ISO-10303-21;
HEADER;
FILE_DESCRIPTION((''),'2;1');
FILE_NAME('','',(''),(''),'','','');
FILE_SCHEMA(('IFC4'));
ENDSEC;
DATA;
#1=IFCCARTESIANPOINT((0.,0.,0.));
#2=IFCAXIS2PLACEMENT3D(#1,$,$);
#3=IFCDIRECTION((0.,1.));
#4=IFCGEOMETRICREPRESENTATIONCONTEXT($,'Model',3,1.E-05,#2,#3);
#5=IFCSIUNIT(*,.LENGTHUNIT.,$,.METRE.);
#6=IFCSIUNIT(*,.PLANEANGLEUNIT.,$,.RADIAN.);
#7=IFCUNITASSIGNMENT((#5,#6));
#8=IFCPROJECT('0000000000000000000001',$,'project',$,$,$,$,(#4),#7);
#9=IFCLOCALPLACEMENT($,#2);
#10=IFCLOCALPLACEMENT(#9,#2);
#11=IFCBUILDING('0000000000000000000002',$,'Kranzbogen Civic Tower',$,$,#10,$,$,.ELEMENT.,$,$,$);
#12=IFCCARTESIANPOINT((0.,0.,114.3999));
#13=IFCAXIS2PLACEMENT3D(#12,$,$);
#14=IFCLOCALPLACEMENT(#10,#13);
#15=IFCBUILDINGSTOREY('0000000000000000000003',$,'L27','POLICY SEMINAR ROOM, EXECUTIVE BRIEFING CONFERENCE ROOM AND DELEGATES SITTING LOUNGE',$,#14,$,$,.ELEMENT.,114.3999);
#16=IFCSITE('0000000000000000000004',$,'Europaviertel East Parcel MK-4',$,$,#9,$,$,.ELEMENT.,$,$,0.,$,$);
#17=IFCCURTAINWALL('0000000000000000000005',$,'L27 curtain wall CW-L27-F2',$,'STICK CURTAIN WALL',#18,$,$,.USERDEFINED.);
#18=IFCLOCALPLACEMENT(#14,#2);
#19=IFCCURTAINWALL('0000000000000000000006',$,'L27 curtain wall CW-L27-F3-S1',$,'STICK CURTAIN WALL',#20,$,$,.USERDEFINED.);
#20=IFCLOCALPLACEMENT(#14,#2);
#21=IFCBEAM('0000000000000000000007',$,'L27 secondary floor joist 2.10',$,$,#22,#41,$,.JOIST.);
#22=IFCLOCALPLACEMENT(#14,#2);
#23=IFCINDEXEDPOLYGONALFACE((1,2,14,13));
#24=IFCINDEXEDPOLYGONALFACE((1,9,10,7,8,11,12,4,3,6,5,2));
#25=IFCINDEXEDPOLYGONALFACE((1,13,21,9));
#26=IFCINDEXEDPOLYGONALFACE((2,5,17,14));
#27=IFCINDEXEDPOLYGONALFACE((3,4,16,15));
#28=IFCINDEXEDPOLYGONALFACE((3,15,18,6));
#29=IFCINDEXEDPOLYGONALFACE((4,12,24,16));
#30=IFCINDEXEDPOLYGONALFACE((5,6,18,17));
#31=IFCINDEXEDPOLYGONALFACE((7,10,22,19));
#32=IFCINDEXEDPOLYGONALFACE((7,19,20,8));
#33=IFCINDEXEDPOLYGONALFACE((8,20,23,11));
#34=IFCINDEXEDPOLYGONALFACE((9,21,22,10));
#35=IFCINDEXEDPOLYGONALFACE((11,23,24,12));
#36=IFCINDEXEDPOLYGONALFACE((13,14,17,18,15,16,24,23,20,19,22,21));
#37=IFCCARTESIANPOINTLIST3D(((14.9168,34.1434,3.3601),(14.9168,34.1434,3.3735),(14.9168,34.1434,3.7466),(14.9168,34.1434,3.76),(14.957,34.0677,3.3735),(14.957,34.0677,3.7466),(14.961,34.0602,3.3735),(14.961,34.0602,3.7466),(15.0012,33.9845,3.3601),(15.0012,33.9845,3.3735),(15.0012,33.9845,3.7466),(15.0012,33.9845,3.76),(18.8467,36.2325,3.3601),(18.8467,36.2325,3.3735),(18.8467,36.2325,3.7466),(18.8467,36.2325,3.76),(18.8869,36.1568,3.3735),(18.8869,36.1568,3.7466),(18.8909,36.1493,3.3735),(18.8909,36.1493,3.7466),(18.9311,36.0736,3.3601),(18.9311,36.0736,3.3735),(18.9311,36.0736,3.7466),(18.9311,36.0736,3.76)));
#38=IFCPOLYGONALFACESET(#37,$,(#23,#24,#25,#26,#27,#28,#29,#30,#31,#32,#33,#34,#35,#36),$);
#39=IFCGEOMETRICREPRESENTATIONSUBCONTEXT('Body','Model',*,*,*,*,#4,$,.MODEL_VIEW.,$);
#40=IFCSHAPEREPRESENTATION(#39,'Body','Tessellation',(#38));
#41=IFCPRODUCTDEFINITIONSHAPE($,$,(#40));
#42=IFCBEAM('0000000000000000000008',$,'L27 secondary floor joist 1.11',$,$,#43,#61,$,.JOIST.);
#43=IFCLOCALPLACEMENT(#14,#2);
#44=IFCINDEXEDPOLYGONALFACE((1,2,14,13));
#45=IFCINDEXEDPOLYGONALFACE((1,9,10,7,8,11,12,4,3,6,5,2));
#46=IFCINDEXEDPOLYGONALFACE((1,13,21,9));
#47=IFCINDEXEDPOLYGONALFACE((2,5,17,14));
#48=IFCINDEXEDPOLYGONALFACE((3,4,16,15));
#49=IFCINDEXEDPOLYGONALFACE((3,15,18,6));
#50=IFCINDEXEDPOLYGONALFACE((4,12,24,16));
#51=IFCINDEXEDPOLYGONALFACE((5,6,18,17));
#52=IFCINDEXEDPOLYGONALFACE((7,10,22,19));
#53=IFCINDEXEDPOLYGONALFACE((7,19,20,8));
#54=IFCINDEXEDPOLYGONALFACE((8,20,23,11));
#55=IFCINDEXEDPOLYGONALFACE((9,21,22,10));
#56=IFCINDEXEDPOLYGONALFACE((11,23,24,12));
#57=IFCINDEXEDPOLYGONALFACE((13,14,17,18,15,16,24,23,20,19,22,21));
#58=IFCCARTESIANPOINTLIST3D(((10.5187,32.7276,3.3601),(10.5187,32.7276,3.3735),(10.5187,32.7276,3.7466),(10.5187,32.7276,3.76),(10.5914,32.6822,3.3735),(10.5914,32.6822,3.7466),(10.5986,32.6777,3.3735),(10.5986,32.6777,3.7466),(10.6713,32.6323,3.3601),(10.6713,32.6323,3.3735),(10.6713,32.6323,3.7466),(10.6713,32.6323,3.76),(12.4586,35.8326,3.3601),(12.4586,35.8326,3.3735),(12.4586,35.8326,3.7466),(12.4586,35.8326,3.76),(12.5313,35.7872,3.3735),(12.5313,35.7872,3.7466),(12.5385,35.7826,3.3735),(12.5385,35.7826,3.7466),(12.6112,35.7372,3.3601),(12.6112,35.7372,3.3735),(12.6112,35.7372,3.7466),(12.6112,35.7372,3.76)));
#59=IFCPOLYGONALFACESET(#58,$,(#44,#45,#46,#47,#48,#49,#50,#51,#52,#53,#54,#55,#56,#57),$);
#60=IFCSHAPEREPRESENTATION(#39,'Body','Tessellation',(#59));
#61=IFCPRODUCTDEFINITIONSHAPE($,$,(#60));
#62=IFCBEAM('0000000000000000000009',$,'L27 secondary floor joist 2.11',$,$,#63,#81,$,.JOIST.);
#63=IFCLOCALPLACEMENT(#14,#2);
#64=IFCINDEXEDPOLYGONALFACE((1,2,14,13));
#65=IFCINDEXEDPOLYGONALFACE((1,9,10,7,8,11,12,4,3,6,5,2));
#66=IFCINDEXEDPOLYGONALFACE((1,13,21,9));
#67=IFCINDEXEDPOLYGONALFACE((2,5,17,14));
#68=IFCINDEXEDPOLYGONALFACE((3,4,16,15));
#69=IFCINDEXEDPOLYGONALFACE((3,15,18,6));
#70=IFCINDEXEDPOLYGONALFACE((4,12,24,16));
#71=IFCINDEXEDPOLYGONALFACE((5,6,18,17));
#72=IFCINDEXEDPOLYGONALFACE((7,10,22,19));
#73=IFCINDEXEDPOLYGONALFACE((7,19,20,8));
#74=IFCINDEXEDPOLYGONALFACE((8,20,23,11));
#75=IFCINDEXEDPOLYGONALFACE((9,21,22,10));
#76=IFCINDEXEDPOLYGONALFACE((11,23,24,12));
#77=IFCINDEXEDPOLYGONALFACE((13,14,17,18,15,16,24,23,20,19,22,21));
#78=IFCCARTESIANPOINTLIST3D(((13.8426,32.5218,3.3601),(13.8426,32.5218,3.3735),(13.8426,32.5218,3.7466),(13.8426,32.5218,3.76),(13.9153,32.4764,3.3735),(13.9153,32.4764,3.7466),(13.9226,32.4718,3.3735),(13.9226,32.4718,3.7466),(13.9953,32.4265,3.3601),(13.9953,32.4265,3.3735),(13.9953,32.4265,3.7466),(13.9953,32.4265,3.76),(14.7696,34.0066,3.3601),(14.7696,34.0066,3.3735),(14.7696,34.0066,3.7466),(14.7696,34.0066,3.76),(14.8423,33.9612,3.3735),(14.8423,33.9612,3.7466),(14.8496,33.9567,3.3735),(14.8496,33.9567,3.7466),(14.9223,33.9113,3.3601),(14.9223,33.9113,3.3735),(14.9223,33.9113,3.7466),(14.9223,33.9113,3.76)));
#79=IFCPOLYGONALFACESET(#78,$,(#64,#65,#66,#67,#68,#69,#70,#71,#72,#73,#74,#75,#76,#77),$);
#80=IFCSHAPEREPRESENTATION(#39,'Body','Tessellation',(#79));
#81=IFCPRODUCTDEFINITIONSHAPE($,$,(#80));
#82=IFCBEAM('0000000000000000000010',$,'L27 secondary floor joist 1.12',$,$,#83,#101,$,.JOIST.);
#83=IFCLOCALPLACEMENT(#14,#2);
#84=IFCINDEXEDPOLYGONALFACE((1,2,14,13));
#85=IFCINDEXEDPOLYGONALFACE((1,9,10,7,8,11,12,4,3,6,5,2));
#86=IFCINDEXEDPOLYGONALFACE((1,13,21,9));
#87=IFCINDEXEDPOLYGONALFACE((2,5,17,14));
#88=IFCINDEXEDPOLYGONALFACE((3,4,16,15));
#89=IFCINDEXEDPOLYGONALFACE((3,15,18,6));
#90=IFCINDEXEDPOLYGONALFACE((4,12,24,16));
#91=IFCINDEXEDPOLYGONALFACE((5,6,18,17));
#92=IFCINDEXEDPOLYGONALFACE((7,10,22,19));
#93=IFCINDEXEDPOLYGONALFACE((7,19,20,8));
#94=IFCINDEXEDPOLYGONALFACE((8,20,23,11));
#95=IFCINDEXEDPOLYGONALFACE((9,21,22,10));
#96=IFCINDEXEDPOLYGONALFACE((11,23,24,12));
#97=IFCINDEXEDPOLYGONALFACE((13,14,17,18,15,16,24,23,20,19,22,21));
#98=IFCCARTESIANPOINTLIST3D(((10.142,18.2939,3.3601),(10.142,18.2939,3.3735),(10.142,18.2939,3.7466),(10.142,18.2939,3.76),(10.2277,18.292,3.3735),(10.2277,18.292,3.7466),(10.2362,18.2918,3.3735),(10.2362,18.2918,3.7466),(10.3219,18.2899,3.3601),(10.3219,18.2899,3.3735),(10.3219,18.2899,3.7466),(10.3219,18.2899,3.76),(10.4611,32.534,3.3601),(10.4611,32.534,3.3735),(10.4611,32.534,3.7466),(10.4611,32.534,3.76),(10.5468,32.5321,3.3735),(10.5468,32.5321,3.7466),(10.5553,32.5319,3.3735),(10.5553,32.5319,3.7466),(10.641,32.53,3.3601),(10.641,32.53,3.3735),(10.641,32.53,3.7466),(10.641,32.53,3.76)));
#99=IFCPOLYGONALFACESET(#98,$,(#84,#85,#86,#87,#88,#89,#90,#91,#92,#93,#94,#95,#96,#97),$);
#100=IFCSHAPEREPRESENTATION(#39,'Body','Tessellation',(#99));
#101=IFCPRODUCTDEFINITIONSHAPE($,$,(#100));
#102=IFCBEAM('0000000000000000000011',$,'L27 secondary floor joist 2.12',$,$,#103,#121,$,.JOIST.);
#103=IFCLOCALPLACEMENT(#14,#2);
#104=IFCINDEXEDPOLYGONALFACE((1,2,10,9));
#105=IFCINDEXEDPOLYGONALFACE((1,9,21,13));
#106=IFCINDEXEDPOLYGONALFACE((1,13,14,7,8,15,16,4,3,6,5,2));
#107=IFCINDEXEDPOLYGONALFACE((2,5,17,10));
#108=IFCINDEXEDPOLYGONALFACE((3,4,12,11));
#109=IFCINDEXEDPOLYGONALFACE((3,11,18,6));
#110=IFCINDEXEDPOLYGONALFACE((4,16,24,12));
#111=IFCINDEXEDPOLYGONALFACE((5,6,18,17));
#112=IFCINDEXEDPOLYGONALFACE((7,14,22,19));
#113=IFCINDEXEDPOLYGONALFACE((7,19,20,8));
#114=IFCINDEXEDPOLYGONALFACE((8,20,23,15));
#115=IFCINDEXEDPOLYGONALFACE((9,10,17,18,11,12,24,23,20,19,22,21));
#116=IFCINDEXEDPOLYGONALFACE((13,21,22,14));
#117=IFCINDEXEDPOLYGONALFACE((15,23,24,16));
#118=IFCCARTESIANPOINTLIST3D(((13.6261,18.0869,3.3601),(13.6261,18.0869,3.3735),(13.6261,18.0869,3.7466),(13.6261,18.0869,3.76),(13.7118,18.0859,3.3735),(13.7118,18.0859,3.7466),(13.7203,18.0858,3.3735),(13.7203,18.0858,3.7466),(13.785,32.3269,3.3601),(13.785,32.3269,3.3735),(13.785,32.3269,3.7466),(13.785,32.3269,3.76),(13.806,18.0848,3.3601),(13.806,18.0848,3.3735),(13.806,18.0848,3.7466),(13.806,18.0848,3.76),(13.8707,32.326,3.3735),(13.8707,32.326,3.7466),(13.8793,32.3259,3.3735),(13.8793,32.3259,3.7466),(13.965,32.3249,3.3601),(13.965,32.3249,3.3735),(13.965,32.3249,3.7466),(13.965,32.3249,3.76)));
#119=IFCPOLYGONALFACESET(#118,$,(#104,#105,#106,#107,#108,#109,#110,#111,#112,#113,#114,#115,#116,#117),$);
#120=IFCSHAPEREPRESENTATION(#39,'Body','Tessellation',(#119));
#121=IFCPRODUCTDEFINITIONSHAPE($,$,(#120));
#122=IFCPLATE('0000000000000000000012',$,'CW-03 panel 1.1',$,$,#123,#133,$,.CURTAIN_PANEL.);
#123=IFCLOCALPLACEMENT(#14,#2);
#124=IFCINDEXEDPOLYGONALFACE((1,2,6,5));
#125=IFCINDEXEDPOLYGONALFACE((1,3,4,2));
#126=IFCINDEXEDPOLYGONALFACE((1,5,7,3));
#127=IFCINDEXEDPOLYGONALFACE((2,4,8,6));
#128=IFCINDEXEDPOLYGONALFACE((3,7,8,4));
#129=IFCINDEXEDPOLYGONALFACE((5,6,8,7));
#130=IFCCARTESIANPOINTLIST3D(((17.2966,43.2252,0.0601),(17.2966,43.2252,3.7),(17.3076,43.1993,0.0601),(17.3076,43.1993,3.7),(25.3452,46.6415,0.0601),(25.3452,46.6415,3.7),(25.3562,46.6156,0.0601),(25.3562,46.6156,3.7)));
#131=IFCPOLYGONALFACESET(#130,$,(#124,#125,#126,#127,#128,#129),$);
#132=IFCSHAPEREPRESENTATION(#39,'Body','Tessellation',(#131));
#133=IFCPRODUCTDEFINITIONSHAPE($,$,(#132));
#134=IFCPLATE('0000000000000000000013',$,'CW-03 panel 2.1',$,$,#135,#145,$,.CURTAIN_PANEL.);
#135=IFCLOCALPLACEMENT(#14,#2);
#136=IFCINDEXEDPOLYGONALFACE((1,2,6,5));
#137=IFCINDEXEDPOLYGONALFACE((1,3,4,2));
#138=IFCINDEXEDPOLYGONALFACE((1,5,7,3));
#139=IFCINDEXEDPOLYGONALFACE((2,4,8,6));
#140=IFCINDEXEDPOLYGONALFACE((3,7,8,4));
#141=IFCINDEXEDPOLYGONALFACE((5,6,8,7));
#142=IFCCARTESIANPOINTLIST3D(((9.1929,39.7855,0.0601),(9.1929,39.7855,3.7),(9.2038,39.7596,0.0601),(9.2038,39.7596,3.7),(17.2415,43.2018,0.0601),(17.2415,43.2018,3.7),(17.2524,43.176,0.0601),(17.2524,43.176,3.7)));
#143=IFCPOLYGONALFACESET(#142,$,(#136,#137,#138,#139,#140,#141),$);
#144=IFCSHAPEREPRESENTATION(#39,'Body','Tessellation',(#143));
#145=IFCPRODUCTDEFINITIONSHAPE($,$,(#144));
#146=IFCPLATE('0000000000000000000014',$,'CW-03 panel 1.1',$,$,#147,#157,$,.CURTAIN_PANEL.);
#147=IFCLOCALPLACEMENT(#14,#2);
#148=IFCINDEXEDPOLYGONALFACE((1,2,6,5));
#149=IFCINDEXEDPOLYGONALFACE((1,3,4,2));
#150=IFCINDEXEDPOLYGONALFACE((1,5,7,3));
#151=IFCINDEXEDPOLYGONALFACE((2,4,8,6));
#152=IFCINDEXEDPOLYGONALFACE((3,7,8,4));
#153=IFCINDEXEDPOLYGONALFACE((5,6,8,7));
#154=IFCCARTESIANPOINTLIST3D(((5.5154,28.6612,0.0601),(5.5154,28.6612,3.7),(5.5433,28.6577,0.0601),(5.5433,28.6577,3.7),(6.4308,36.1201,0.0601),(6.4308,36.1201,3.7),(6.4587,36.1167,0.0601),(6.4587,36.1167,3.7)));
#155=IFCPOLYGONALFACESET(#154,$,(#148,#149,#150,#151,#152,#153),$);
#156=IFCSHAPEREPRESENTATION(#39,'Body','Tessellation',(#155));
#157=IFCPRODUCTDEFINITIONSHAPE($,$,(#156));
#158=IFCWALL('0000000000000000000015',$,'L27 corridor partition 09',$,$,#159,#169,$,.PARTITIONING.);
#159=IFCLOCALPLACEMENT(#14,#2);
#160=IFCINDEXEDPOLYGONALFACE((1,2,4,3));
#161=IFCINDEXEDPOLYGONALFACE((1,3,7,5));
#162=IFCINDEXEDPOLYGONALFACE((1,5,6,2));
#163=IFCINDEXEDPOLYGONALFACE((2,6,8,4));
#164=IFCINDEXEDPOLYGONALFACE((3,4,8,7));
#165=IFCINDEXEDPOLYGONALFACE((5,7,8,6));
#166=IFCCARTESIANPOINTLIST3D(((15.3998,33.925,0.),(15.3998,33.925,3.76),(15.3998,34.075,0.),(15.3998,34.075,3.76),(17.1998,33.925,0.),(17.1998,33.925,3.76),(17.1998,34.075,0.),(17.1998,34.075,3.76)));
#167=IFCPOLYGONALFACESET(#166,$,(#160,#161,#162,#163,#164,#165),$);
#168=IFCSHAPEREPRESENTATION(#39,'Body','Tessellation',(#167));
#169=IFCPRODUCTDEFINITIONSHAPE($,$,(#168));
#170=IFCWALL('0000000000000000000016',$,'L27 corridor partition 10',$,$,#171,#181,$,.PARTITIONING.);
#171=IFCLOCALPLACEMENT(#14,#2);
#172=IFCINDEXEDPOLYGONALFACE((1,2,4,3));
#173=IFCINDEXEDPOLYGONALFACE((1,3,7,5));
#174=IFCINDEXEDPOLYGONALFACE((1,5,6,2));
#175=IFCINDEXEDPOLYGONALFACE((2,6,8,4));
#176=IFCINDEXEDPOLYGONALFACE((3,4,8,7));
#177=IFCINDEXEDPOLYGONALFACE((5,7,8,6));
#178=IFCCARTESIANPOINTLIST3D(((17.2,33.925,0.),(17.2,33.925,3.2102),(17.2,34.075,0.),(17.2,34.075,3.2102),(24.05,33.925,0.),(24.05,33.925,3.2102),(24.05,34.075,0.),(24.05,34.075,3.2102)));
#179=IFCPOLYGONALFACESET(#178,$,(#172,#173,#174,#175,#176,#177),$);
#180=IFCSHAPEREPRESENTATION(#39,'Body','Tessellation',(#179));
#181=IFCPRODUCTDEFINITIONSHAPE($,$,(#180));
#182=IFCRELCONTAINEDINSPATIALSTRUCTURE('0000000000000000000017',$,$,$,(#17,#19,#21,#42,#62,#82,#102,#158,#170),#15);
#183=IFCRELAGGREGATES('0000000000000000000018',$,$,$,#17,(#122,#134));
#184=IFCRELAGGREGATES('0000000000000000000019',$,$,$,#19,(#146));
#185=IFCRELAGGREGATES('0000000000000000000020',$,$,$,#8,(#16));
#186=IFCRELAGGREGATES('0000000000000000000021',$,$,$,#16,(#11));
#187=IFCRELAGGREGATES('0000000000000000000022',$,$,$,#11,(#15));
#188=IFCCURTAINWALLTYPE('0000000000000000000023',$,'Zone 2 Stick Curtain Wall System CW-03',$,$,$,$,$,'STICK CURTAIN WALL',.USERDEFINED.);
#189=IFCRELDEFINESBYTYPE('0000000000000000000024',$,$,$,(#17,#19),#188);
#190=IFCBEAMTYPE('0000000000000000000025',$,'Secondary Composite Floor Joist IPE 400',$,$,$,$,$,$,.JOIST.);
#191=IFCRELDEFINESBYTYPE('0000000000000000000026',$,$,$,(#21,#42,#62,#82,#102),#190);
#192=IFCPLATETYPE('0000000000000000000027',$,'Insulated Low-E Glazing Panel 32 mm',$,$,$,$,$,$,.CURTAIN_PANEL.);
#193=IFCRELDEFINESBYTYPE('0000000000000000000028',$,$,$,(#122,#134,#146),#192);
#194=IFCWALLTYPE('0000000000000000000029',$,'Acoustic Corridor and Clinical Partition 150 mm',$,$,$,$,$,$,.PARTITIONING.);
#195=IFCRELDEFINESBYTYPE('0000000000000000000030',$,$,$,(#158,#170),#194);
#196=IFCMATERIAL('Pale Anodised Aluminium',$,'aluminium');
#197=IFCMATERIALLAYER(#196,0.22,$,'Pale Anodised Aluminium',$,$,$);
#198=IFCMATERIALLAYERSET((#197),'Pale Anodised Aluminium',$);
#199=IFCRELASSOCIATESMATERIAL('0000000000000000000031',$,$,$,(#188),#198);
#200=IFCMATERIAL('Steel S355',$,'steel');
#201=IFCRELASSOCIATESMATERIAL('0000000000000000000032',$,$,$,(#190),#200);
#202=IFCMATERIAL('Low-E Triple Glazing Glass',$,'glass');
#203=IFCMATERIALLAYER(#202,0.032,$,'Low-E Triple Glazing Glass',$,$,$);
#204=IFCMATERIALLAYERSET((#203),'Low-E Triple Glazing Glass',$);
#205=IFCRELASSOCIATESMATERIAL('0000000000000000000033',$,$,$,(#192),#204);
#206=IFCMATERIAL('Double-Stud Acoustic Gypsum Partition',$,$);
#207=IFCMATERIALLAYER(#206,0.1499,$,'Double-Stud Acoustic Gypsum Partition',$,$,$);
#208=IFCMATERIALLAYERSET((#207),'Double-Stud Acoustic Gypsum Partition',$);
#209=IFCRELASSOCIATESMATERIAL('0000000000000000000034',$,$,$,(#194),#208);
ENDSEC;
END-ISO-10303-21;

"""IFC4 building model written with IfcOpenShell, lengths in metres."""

from ifc_helpers import new_model, si_unit, direction, frame, frame_2d, origin, origin_2d, place, context, subcontext, project, spatial, rectangle, i_section, extrude, material, layer, layer_set, material_profile, profile_set, type_object, element, aggregate, save


model = new_model("IFC4")

# Units and contexts
model_context = context("Model", 3, precision=1e-05, world=origin(), true_north=direction((0.0, 1.0)))
body_context = subcontext(model_context, "Body", "Model", "MODEL_VIEW")
ifc_project = project(units=[si_unit("LENGTHUNIT", "METRE"), si_unit("PLANEANGLEUNIT", "RADIAN")], contexts=[model_context])

# Site, building, storey
site_placement = place(None, origin())
site = spatial("IfcSite", under=ifc_project, at=site_placement, Name="Europaviertel East Parcel MK-4", CompositionType="ELEMENT", RefElevation=0.0)
building_placement = place(site_placement, origin())
building = spatial("IfcBuilding", under=site, at=building_placement, Name="Kranzbogen Civic Tower", CompositionType="ELEMENT")
storey_placement = place(building_placement, frame((0.0, 0.0, 114.3999)))
storey = spatial("IfcBuildingStorey", under=building, at=storey_placement, Name="L27", Description="POLICY SEMINAR ROOM, EXECUTIVE BRIEFING CONFERENCE ROOM AND DELEGATES SITTING LOUNGE", CompositionType="ELEMENT", Elevation=114.3999)

# Curtain wall
ifc_material_1 = material(Name="Pale Anodised Aluminium", Category="aluminium")
ifc_layer_1 = layer(ifc_material_1, 0.22, Name="Pale Anodised Aluminium")
ifc_layer_set_1 = layer_set([ifc_layer_1], Name="Pale Anodised Aluminium")
curtain_wall_type = type_object("IfcCurtainWallType", Name="Zone 2 Stick Curtain Wall System CW-03", ElementType="STICK CURTAIN WALL", PredefinedType="USERDEFINED", material=ifc_layer_set_1)
curtain_wall_1_placement = place(storey_placement, origin())
curtain_wall_1 = element("IfcCurtainWall", 1, at=curtain_wall_1_placement, inside=storey, type_object=curtain_wall_type, Name="L27 curtain wall CW-L27-F2", ObjectType="STICK CURTAIN WALL", PredefinedType="USERDEFINED")

# Curtain wall
curtain_wall_2_placement = place(storey_placement, origin())
curtain_wall_2 = element("IfcCurtainWall", 2, at=curtain_wall_2_placement, inside=storey, type_object=curtain_wall_type, Name="L27 curtain wall CW-L27-F3-S1", ObjectType="STICK CURTAIN WALL", PredefinedType="USERDEFINED")

# Beams
ifc_material_2 = material(Name="Steel S355", Category="steel")
ifc_material_profile_1 = material_profile(ifc_material_2, i_section(OverallWidth=0.1799, OverallDepth=0.3999, WebThickness=0.0085, FlangeThickness=0.0134, at=origin_2d()), Name="IPE 400")
ifc_profile_set_1 = profile_set([ifc_material_profile_1], Name="Steel S355")
beam_type_1 = type_object("IfcBeamType", Name="Secondary Composite Floor Joist IPE 400", PredefinedType="JOIST", material=ifc_profile_set_1)
beam_1_placement = place(storey_placement, frame((18.8889, 36.1531, 3.5601), z_axis=(-0.882991, -0.469389, 0.0), x_axis=(0.469389, -0.882991, 0.0)))
element("IfcBeam", 3, at=beam_1_placement, inside=storey, type_object=beam_type_1, Name="L27 secondary floor joist 2.10", PredefinedType="JOIST", context=body_context, shape_type="SweptSolid", body=[
    extrude(i_section(OverallWidth=0.1799, OverallDepth=0.3999, WebThickness=0.0085, FlangeThickness=0.0134, at=origin_2d()), origin(), (0.0, 0.0, 1.0), 4.4507),
])
beam_2_placement = place(storey_placement, frame((12.5349, 35.7849, 3.5601), z_axis=(-0.529867, -0.848081, 0.0), x_axis=(0.848081, -0.529867, 0.0)))
element("IfcBeam", 4, at=beam_2_placement, inside=storey, type_object=beam_type_1, Name="L27 secondary floor joist 1.11", PredefinedType="JOIST", context=body_context, shape_type="SweptSolid", body=[
    extrude(i_section(OverallWidth=0.1799, OverallDepth=0.3999, WebThickness=0.0085, FlangeThickness=0.0134, at=origin_2d()), origin(), (0.0, 0.0, 1.0), 3.6611),
])
beam_3_placement = place(storey_placement, frame((14.8459, 33.959, 3.5601), z_axis=(-0.529573, -0.848265, 0.0), x_axis=(0.848265, -0.529573, 0.0)))
element("IfcBeam", 5, at=beam_3_placement, inside=storey, type_object=beam_type_1, Name="L27 secondary floor joist 2.11", PredefinedType="JOIST", context=body_context, shape_type="SweptSolid", body=[
    extrude(i_section(OverallWidth=0.1799, OverallDepth=0.3999, WebThickness=0.0085, FlangeThickness=0.0134, at=origin_2d()), origin(), (0.0, 0.0, 1.0), 1.7505),
])
beam_4_placement = place(storey_placement, frame((10.551, 32.532, 3.5601), z_axis=(-0.022403, -0.999749, 0.0), x_axis=(0.999749, -0.022403, 0.0)))
element("IfcBeam", 6, at=beam_4_placement, inside=storey, type_object=beam_type_1, Name="L27 secondary floor joist 1.12", PredefinedType="JOIST", context=body_context, shape_type="SweptSolid", body=[
    extrude(i_section(OverallWidth=0.1799, OverallDepth=0.3999, WebThickness=0.0085, FlangeThickness=0.0134, at=origin_2d()), origin(), (0.0, 0.0, 1.0), 14.2437),
])
beam_5_placement = place(storey_placement, frame((13.875, 32.3259, 3.5601), z_axis=(-0.011161, -0.999938, 0.0), x_axis=(0.999938, -0.011161, 0.0)))
element("IfcBeam", 7, at=beam_5_placement, inside=storey, type_object=beam_type_1, Name="L27 secondary floor joist 2.12", PredefinedType="JOIST", context=body_context, shape_type="SweptSolid", body=[
    extrude(i_section(OverallWidth=0.1799, OverallDepth=0.3999, WebThickness=0.0085, FlangeThickness=0.0134, at=origin_2d()), origin(), (0.0, 0.0, 1.0), 14.241),
])

# Plates
ifc_material_3 = material(Name="Low-E Triple Glazing Glass", Category="glass")
ifc_layer_2 = layer(ifc_material_3, 0.032, Name="Low-E Triple Glazing Glass")
ifc_layer_set_2 = layer_set([ifc_layer_2], Name="Low-E Triple Glazing Glass")
plate_type = type_object("IfcPlateType", Name="Insulated Low-E Glazing Panel 32 mm", PredefinedType="CURTAIN_PANEL", material=ifc_layer_set_2)
plate_1_placement = place(storey_placement, frame((21.3264, 44.9204, 0.0601), z_axis=(0.0, 0.0, 1.0), x_axis=(-0.92051, -0.39072, 0.0)))
plate_1 = element("IfcPlate", 8, at=plate_1_placement, type_object=plate_type, Name="CW-03 panel 1.1", PredefinedType="CURTAIN_PANEL", context=body_context, shape_type="SweptSolid", body=[
    extrude(rectangle(XDim=8.7437, YDim=0.0281, at=origin_2d()), origin(), (0.0, 0.0, 1.0), 3.6399),
])
plate_2_placement = place(storey_placement, frame((13.2227, 41.4807, 0.0601), z_axis=(0.0, 0.0, 1.0), x_axis=(-0.92051, -0.39072, 0.0)))
plate_2 = element("IfcPlate", 9, at=plate_2_placement, type_object=plate_type, Name="CW-03 panel 2.1", PredefinedType="CURTAIN_PANEL", context=body_context, shape_type="SweptSolid", body=[
    extrude(rectangle(XDim=8.7437, YDim=0.0281, at=origin_2d()), origin(), (0.0, 0.0, 1.0), 3.6399),
])
aggregate(curtain_wall_1, [plate_1, plate_2])
plate_3_placement = place(storey_placement, frame((5.9871, 32.3889, 0.0601), z_axis=(0.0, 0.0, 1.0), x_axis=(-0.12181, -0.992553, 0.0)))
plate_3 = element("IfcPlate", 10, at=plate_3_placement, type_object=plate_type, Name="CW-03 panel 1.1", PredefinedType="CURTAIN_PANEL", context=body_context, shape_type="SweptSolid", body=[
    extrude(rectangle(XDim=7.5149, YDim=0.0281, at=origin_2d()), origin(), (0.0, 0.0, 1.0), 3.6399),
])
aggregate(curtain_wall_2, [plate_3])

# Walls
ifc_material_4 = material(Name="Double-Stud Acoustic Gypsum Partition")
ifc_layer_3 = layer(ifc_material_4, 0.1499, Name="Double-Stud Acoustic Gypsum Partition")
ifc_layer_set_3 = layer_set([ifc_layer_3], Name="Double-Stud Acoustic Gypsum Partition")
wall_type_1 = type_object("IfcWallType", Name="Acoustic Corridor and Clinical Partition 150 mm", PredefinedType="PARTITIONING", material=ifc_layer_set_3)
wall_1_placement = place(storey_placement, frame((15.3999, 34.0, 0.0), z_axis=(0.0, 0.0, 1.0), x_axis=(1.0, 0.0, 0.0)))
element("IfcWall", 11, at=wall_1_placement, inside=storey, type_object=wall_type_1, Name="L27 corridor partition 09", PredefinedType="PARTITIONING", context=body_context, shape_type="SweptSolid", body=[
    extrude(rectangle(XDim=1.8, YDim=0.1499, at=frame_2d((0.8999, 0.0))), origin(), (0.0, 0.0, 1.0), 3.76),
])
wall_2_placement = place(storey_placement, frame((17.2, 34.0, 0.0), z_axis=(0.0, 0.0, 1.0), x_axis=(1.0, 0.0, 0.0)))
element("IfcWall", 12, at=wall_2_placement, inside=storey, type_object=wall_type_1, Name="L27 corridor partition 10", PredefinedType="PARTITIONING", context=body_context, shape_type="SweptSolid", body=[
    extrude(rectangle(XDim=6.8501, YDim=0.1499, at=frame_2d((3.425, 0.0))), origin(), (0.0, 0.0, 1.0), 3.2102),
])

save(model, "model.ifc")
